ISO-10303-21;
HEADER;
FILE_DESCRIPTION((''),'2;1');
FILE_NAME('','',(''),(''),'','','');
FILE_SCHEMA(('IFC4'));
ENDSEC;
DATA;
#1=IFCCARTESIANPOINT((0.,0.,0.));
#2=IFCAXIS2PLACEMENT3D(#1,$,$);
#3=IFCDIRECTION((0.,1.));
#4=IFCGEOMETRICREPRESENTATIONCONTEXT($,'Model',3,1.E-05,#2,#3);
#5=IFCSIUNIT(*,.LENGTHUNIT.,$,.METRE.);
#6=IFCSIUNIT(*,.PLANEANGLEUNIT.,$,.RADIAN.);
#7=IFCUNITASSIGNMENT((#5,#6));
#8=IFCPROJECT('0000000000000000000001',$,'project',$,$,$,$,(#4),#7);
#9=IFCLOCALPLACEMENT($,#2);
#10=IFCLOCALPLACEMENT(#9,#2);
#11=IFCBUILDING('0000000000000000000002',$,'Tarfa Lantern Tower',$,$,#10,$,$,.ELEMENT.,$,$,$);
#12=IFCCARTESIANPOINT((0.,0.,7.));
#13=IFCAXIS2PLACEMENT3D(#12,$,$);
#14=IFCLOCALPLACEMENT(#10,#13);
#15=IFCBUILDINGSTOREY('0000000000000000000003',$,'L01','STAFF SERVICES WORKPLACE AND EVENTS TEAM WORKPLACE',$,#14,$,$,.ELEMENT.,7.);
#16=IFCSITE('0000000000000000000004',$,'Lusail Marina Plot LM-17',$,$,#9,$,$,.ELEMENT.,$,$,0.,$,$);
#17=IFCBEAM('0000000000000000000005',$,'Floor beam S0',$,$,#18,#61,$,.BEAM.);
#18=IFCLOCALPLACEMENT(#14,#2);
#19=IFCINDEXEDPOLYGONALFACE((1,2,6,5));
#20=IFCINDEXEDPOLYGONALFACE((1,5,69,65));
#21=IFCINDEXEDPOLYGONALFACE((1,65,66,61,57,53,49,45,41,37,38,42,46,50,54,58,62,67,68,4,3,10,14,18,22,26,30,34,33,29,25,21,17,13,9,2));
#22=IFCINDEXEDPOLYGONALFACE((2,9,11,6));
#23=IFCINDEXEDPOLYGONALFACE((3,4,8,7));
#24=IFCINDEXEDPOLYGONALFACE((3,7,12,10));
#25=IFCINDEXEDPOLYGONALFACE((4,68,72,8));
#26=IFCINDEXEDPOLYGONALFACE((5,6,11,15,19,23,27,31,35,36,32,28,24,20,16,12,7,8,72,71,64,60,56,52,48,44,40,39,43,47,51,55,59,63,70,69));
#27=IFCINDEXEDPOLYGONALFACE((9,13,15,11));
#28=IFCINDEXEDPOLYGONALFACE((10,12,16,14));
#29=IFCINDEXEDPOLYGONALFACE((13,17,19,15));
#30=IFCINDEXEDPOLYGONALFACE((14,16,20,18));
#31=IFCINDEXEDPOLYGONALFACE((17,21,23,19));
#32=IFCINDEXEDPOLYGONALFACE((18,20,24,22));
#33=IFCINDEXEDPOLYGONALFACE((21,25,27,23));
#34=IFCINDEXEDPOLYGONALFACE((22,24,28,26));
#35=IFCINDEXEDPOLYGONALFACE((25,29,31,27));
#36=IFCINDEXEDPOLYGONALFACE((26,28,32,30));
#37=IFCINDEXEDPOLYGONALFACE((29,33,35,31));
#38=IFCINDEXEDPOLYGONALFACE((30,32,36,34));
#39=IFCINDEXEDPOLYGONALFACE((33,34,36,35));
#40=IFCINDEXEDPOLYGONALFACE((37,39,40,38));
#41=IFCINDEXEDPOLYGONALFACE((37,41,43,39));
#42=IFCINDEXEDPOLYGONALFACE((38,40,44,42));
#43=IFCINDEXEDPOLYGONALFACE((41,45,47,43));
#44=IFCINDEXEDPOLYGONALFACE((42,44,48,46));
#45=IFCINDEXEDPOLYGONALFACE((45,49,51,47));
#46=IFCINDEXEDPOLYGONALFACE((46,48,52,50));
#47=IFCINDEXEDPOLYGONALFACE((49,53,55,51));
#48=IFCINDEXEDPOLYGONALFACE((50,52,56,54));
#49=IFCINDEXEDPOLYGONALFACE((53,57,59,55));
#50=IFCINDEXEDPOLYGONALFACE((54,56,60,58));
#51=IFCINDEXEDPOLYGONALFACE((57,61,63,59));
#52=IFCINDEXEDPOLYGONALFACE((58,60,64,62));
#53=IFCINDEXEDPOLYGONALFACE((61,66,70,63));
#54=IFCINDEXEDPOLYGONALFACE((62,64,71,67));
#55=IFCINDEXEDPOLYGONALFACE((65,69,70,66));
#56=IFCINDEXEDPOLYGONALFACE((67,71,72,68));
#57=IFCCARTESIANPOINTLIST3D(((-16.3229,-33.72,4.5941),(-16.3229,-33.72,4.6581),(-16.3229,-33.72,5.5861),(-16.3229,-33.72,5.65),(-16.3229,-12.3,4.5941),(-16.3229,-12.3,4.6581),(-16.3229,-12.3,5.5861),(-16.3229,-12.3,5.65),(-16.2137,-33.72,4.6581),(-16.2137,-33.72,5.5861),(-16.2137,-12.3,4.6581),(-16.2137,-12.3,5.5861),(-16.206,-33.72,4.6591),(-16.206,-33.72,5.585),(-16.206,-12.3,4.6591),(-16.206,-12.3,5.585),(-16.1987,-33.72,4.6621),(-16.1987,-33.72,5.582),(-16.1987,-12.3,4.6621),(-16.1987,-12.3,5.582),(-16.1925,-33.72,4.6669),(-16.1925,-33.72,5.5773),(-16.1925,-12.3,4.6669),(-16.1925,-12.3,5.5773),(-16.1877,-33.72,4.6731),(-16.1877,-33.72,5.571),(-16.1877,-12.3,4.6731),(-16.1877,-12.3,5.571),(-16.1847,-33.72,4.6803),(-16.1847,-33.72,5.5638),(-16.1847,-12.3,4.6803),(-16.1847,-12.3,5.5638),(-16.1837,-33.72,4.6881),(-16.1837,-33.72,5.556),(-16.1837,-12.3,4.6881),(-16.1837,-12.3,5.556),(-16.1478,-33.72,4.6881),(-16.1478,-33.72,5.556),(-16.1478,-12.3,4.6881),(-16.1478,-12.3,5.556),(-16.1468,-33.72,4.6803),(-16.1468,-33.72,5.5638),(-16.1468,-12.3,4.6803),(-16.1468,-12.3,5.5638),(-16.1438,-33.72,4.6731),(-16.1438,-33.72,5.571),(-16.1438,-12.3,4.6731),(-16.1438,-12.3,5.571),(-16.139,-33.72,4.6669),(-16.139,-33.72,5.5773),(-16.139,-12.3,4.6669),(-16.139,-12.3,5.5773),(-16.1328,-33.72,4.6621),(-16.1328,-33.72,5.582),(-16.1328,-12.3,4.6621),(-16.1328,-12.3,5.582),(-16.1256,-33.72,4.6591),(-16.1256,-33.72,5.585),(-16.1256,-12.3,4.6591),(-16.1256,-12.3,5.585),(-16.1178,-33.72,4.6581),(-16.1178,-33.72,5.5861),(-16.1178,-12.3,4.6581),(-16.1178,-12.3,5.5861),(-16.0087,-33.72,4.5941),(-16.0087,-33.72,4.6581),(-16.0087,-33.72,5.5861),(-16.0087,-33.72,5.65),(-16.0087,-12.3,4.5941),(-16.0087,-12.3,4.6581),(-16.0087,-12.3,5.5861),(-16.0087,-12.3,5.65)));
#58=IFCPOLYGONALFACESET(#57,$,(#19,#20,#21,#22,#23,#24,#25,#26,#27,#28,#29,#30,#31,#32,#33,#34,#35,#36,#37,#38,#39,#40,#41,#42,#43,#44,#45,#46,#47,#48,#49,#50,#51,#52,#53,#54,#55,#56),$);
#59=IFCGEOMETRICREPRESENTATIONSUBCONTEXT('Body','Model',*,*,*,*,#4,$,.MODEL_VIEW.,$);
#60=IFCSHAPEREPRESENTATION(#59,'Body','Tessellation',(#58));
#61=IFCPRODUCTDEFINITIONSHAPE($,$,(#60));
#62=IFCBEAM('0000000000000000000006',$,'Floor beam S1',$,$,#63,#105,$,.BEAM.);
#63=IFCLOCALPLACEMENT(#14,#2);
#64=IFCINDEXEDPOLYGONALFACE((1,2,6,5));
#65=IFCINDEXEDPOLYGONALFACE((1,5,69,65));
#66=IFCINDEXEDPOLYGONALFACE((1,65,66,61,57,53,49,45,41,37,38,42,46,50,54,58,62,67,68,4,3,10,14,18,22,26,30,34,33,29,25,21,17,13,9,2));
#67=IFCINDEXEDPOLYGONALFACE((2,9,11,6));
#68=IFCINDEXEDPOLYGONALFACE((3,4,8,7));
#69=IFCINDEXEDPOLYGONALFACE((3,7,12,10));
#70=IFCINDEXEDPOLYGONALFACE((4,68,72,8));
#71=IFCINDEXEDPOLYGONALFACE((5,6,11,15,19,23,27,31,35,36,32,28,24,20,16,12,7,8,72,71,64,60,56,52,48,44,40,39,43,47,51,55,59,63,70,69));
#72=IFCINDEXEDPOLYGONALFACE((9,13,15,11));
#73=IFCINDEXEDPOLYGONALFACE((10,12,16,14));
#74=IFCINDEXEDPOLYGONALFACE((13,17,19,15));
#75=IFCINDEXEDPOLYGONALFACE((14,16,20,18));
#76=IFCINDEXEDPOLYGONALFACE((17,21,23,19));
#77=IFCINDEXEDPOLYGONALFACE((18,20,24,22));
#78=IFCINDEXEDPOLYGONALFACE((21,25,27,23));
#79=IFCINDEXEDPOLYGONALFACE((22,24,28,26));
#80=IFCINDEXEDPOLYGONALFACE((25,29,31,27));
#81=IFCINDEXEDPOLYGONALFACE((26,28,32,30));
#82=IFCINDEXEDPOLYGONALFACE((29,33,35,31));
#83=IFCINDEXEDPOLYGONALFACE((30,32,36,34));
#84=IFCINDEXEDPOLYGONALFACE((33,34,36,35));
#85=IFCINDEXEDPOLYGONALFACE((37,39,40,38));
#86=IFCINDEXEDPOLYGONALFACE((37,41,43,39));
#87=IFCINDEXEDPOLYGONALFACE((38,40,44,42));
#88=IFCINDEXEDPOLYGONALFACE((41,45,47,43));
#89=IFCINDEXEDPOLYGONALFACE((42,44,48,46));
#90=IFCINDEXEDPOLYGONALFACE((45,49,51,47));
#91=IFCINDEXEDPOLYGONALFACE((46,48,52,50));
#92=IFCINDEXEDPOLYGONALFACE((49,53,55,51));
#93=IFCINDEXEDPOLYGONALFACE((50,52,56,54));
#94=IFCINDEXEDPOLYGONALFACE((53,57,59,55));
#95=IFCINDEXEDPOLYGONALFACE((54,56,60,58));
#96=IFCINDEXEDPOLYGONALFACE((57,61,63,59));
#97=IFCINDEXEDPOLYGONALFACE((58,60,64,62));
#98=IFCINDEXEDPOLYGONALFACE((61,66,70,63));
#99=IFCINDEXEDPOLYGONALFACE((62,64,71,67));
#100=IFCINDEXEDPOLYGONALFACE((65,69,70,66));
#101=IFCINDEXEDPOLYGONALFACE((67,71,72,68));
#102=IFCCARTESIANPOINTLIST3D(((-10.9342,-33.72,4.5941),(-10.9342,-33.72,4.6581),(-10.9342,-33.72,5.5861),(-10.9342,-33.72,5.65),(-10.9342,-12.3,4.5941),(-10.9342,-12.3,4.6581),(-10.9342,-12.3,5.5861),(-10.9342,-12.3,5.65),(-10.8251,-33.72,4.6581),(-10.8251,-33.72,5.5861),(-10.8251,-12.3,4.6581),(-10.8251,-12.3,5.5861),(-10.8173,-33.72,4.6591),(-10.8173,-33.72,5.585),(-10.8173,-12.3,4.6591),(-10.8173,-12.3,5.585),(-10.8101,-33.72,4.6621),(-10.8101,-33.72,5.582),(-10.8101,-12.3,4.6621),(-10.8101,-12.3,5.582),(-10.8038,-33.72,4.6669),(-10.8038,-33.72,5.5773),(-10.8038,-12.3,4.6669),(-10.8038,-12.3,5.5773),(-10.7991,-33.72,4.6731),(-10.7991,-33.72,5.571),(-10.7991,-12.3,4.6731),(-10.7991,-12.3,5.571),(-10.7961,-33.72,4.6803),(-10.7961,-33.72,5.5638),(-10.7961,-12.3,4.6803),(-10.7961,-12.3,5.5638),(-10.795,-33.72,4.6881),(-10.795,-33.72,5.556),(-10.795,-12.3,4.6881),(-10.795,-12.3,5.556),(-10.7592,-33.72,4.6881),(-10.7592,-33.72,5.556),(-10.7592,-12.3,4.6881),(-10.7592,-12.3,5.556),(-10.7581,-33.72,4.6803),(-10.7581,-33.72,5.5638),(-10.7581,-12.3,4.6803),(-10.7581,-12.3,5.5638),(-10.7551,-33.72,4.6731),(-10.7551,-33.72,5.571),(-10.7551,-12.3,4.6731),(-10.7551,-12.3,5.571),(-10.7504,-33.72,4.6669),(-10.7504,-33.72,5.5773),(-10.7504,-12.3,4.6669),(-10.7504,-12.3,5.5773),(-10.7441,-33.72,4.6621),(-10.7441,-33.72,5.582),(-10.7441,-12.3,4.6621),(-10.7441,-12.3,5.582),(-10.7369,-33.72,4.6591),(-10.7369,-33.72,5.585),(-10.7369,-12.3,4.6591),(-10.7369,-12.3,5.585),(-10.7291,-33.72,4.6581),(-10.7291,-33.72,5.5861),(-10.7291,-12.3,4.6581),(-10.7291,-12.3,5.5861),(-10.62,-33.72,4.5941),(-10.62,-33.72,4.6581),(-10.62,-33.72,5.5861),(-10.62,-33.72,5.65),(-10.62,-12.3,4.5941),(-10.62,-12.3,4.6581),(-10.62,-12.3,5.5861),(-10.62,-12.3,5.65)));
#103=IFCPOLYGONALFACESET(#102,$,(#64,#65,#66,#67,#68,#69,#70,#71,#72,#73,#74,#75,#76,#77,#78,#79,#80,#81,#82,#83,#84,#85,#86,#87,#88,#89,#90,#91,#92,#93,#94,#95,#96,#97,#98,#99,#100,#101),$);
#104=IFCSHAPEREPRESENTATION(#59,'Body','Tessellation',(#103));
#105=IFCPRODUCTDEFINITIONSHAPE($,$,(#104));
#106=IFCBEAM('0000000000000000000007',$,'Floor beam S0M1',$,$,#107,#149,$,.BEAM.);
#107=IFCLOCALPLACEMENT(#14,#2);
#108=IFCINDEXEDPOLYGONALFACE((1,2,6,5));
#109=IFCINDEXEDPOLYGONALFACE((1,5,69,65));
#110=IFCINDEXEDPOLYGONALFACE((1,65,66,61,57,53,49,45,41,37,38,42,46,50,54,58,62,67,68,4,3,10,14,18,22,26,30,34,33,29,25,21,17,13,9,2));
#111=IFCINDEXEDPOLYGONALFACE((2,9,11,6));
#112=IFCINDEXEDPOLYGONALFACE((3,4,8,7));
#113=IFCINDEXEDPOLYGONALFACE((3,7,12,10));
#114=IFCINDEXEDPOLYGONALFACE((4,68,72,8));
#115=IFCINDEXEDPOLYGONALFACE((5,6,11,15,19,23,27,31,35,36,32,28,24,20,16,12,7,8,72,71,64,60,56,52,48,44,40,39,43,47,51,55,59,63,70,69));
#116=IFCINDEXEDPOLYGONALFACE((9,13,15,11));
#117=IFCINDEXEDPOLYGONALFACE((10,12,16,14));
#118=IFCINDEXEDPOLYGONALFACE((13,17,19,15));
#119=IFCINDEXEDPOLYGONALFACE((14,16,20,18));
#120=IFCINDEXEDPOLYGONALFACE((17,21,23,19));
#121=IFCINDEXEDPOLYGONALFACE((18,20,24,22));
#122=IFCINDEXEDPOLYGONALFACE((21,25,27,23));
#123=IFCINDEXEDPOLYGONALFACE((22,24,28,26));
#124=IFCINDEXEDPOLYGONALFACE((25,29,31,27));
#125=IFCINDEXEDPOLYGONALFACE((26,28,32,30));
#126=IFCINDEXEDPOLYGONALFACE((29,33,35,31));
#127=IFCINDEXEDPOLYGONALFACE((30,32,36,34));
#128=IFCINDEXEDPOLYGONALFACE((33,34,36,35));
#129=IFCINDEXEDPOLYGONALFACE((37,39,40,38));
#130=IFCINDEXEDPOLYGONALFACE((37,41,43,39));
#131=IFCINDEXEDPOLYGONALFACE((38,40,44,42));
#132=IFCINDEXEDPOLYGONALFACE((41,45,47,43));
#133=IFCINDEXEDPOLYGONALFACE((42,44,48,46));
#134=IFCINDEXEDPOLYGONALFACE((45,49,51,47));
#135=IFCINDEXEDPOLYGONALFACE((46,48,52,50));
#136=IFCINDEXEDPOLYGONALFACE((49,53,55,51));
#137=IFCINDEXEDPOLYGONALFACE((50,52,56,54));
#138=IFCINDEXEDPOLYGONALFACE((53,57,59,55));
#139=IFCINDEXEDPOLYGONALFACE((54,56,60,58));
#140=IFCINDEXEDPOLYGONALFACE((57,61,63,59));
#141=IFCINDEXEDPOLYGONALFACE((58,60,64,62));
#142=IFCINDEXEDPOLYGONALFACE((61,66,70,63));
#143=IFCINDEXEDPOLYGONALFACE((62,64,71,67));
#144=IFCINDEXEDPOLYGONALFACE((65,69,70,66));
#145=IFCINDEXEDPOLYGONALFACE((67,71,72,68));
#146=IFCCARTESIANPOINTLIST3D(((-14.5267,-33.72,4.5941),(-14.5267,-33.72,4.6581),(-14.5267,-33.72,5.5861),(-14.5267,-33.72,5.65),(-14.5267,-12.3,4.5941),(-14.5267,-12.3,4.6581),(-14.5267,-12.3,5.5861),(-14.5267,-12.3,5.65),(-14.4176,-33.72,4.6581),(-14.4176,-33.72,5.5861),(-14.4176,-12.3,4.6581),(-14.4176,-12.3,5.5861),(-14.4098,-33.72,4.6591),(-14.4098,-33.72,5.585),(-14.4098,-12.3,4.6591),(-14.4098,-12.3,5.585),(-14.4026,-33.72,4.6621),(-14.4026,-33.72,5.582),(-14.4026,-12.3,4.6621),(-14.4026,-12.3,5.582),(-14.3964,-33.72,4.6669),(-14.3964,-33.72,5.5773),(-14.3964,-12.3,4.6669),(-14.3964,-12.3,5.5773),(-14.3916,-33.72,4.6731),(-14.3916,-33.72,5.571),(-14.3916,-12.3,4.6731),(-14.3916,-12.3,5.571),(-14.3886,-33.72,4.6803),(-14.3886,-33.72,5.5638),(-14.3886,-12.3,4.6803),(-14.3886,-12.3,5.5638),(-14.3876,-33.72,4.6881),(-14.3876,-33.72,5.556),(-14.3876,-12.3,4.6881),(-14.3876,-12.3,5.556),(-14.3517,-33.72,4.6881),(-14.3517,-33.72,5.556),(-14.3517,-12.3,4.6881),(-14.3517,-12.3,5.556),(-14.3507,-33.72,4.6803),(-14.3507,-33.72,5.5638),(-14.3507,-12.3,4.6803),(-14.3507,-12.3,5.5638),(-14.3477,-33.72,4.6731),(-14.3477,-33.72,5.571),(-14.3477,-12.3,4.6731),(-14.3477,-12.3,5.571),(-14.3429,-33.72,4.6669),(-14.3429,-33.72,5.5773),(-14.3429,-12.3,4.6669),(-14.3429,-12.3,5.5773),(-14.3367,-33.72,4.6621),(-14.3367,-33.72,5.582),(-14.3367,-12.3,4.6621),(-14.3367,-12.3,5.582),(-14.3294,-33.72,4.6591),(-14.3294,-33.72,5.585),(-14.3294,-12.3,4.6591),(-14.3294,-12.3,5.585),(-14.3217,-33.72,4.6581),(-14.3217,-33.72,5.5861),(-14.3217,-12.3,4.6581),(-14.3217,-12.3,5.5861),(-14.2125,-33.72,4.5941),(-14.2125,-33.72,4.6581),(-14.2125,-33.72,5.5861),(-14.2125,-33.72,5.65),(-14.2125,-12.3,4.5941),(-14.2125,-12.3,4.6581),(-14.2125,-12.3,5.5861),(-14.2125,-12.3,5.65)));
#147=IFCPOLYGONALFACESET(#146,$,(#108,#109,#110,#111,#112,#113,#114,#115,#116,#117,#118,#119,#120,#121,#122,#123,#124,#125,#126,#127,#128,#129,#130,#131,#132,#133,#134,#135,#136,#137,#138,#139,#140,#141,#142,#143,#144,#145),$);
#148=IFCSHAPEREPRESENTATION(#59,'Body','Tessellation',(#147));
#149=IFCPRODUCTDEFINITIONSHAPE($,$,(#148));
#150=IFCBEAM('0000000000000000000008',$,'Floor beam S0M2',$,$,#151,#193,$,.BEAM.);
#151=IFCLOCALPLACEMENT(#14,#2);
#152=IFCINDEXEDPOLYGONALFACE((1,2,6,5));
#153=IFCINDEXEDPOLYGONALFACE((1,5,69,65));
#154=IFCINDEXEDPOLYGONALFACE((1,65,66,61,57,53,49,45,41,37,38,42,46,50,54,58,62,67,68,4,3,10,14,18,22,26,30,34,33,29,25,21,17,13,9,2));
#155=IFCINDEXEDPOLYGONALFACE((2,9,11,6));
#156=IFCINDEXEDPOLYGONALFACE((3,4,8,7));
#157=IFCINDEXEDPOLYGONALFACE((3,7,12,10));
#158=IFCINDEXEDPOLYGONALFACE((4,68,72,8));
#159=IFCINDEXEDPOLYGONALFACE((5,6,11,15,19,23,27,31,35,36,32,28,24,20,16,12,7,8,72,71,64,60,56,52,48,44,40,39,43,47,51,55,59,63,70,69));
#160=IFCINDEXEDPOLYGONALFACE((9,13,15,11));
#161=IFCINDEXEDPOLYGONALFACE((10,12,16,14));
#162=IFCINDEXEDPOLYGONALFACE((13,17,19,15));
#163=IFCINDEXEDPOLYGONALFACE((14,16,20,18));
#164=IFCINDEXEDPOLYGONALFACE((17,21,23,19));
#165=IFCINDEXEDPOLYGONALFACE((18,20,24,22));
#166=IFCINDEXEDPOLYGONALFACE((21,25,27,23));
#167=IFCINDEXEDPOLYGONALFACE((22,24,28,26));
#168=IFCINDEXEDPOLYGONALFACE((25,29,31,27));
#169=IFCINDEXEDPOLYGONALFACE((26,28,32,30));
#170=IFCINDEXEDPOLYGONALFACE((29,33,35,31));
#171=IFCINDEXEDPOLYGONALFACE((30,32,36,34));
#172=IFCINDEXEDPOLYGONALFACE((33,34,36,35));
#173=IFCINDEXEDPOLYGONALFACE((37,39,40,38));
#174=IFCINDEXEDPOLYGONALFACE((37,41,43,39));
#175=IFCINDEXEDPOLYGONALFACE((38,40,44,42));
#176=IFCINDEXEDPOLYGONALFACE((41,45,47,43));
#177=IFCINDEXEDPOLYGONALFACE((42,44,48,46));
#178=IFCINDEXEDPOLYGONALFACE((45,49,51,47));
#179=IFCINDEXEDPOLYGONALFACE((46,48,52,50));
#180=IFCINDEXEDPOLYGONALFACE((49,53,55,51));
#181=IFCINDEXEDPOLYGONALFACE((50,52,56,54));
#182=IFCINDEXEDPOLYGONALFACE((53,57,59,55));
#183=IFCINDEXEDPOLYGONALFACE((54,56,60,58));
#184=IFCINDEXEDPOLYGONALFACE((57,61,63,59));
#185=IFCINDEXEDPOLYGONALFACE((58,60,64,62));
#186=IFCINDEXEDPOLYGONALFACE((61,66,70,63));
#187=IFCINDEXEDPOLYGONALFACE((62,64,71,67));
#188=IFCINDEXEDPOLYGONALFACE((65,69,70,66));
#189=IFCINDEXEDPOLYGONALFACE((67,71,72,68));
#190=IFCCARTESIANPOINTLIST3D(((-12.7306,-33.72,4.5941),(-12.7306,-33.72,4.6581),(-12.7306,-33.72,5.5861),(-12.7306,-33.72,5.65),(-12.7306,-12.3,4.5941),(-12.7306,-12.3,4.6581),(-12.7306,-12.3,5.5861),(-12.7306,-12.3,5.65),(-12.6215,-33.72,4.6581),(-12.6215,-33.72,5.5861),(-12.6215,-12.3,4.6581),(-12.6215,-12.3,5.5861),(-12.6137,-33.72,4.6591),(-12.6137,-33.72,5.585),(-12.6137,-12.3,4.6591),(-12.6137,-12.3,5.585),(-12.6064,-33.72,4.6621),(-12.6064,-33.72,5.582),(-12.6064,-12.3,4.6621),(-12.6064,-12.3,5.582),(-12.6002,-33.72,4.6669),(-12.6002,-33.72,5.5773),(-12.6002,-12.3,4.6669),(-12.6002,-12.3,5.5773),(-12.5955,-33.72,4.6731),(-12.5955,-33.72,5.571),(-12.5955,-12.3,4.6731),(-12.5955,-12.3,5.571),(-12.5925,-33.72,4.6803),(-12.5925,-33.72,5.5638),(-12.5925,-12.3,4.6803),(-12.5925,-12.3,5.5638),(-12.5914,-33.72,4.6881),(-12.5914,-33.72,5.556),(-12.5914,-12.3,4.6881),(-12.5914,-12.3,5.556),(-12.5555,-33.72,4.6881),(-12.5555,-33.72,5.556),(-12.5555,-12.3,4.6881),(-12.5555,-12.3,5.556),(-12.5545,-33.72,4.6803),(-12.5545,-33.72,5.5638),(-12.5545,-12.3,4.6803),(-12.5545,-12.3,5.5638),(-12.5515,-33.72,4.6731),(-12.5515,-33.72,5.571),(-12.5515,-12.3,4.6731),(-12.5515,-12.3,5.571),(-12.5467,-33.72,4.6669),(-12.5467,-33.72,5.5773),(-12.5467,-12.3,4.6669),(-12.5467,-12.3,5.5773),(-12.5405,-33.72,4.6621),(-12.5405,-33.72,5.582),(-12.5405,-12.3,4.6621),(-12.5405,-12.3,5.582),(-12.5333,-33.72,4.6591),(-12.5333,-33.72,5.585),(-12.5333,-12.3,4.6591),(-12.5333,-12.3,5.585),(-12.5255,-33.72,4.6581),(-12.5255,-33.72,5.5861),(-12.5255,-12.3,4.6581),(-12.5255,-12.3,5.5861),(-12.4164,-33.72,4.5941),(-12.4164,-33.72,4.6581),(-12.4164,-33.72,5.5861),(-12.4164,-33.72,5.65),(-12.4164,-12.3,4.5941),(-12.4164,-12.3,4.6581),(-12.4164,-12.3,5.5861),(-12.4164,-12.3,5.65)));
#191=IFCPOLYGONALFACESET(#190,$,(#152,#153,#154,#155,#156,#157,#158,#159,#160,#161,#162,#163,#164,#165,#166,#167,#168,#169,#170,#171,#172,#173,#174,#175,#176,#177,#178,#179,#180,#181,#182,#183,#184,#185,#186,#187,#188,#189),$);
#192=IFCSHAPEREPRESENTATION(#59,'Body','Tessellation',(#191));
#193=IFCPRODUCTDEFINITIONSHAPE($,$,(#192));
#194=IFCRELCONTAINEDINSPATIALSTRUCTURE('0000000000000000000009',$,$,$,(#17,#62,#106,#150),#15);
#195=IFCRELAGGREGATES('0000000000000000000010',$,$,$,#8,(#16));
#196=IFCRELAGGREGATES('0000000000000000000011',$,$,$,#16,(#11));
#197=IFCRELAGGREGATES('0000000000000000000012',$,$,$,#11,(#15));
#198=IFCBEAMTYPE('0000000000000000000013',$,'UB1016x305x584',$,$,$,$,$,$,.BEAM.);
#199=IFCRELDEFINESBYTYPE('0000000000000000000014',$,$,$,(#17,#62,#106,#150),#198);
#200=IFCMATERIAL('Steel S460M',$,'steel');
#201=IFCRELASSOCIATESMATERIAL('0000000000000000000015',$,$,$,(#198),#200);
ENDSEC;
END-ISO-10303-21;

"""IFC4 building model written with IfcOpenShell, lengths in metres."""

from ifc_helpers import new_model, si_unit, direction, frame, origin, origin_2d, place, context, subcontext, project, spatial, i_section, extrude, material, material_profile, profile_set, type_object, element, save


model = new_model("IFC4")

# Units and contexts
model_context = context("Model", 3, precision=1e-05, world=origin(), true_north=direction((0.0, 1.0)))
body_context = subcontext(model_context, "Body", "Model", "MODEL_VIEW")
ifc_project = project(units=[si_unit("LENGTHUNIT", "METRE"), si_unit("PLANEANGLEUNIT", "RADIAN")], contexts=[model_context])

# Site, building, storey
site_placement = place(None, origin())
site = spatial("IfcSite", under=ifc_project, at=site_placement, Name="Lusail Marina Plot LM-17", CompositionType="ELEMENT", RefElevation=0.0)
building_placement = place(site_placement, origin())
building = spatial("IfcBuilding", under=site, at=building_placement, Name="Tarfa Lantern Tower", CompositionType="ELEMENT")
storey_placement = place(building_placement, frame((0.0, 0.0, 7.0)))
storey = spatial("IfcBuildingStorey", under=building, at=storey_placement, Name="L01", Description="STAFF SERVICES WORKPLACE AND EVENTS TEAM WORKPLACE", CompositionType="ELEMENT", Elevation=7.0)

# Beams
ifc_material_1 = material(Name="Steel S460M", Category="steel")
ifc_material_profile_1 = material_profile(ifc_material_1, i_section(OverallWidth=0.3142, OverallDepth=1.0559, WebThickness=0.0359, FlangeThickness=0.064, FilletRadius=0.03, at=origin_2d()), Name="UB1016x305x584")
ifc_profile_set_1 = profile_set([ifc_material_profile_1], Name="Steel S460M")
beam_type_1 = type_object("IfcBeamType", Name="UB1016x305x584", PredefinedType="BEAM", material=ifc_profile_set_1)
for number, where, z_axis, x_axis, name in (
    (1, (-16.1658, -33.72, 5.1221), (0.0, 1.0, 0.0), (-1.0, 0.0, 0.0), "Floor beam S0"),
    (2, (-10.7771, -33.72, 5.1221), (0.0, 1.0, 0.0), (-1.0, 0.0, 0.0), "Floor beam S1"),
    (3, (-14.3696, -33.72, 5.1221), (0.0, 1.0, 0.0), (-1.0, 0.0, 0.0), "Floor beam S0M1"),
    (4, (-12.5735, -33.72, 5.1221), (0.0, 1.0, 0.0), (-1.0, 0.0, 0.0), "Floor beam S0M2"),
):
    element("IfcBeam", number, at=place(storey_placement, frame(where, z_axis=z_axis, x_axis=x_axis)), inside=storey, type_object=beam_type_1, Name=name, PredefinedType="BEAM", context=body_context, shape_type="SweptSolid", body=[
        extrude(i_section(OverallWidth=0.3142, OverallDepth=1.0559, WebThickness=0.0359, FlangeThickness=0.064, FilletRadius=0.03, at=origin_2d()), origin(), (0.0, 0.0, 1.0), 21.4199),
    ])

save(model, "model.ifc")
